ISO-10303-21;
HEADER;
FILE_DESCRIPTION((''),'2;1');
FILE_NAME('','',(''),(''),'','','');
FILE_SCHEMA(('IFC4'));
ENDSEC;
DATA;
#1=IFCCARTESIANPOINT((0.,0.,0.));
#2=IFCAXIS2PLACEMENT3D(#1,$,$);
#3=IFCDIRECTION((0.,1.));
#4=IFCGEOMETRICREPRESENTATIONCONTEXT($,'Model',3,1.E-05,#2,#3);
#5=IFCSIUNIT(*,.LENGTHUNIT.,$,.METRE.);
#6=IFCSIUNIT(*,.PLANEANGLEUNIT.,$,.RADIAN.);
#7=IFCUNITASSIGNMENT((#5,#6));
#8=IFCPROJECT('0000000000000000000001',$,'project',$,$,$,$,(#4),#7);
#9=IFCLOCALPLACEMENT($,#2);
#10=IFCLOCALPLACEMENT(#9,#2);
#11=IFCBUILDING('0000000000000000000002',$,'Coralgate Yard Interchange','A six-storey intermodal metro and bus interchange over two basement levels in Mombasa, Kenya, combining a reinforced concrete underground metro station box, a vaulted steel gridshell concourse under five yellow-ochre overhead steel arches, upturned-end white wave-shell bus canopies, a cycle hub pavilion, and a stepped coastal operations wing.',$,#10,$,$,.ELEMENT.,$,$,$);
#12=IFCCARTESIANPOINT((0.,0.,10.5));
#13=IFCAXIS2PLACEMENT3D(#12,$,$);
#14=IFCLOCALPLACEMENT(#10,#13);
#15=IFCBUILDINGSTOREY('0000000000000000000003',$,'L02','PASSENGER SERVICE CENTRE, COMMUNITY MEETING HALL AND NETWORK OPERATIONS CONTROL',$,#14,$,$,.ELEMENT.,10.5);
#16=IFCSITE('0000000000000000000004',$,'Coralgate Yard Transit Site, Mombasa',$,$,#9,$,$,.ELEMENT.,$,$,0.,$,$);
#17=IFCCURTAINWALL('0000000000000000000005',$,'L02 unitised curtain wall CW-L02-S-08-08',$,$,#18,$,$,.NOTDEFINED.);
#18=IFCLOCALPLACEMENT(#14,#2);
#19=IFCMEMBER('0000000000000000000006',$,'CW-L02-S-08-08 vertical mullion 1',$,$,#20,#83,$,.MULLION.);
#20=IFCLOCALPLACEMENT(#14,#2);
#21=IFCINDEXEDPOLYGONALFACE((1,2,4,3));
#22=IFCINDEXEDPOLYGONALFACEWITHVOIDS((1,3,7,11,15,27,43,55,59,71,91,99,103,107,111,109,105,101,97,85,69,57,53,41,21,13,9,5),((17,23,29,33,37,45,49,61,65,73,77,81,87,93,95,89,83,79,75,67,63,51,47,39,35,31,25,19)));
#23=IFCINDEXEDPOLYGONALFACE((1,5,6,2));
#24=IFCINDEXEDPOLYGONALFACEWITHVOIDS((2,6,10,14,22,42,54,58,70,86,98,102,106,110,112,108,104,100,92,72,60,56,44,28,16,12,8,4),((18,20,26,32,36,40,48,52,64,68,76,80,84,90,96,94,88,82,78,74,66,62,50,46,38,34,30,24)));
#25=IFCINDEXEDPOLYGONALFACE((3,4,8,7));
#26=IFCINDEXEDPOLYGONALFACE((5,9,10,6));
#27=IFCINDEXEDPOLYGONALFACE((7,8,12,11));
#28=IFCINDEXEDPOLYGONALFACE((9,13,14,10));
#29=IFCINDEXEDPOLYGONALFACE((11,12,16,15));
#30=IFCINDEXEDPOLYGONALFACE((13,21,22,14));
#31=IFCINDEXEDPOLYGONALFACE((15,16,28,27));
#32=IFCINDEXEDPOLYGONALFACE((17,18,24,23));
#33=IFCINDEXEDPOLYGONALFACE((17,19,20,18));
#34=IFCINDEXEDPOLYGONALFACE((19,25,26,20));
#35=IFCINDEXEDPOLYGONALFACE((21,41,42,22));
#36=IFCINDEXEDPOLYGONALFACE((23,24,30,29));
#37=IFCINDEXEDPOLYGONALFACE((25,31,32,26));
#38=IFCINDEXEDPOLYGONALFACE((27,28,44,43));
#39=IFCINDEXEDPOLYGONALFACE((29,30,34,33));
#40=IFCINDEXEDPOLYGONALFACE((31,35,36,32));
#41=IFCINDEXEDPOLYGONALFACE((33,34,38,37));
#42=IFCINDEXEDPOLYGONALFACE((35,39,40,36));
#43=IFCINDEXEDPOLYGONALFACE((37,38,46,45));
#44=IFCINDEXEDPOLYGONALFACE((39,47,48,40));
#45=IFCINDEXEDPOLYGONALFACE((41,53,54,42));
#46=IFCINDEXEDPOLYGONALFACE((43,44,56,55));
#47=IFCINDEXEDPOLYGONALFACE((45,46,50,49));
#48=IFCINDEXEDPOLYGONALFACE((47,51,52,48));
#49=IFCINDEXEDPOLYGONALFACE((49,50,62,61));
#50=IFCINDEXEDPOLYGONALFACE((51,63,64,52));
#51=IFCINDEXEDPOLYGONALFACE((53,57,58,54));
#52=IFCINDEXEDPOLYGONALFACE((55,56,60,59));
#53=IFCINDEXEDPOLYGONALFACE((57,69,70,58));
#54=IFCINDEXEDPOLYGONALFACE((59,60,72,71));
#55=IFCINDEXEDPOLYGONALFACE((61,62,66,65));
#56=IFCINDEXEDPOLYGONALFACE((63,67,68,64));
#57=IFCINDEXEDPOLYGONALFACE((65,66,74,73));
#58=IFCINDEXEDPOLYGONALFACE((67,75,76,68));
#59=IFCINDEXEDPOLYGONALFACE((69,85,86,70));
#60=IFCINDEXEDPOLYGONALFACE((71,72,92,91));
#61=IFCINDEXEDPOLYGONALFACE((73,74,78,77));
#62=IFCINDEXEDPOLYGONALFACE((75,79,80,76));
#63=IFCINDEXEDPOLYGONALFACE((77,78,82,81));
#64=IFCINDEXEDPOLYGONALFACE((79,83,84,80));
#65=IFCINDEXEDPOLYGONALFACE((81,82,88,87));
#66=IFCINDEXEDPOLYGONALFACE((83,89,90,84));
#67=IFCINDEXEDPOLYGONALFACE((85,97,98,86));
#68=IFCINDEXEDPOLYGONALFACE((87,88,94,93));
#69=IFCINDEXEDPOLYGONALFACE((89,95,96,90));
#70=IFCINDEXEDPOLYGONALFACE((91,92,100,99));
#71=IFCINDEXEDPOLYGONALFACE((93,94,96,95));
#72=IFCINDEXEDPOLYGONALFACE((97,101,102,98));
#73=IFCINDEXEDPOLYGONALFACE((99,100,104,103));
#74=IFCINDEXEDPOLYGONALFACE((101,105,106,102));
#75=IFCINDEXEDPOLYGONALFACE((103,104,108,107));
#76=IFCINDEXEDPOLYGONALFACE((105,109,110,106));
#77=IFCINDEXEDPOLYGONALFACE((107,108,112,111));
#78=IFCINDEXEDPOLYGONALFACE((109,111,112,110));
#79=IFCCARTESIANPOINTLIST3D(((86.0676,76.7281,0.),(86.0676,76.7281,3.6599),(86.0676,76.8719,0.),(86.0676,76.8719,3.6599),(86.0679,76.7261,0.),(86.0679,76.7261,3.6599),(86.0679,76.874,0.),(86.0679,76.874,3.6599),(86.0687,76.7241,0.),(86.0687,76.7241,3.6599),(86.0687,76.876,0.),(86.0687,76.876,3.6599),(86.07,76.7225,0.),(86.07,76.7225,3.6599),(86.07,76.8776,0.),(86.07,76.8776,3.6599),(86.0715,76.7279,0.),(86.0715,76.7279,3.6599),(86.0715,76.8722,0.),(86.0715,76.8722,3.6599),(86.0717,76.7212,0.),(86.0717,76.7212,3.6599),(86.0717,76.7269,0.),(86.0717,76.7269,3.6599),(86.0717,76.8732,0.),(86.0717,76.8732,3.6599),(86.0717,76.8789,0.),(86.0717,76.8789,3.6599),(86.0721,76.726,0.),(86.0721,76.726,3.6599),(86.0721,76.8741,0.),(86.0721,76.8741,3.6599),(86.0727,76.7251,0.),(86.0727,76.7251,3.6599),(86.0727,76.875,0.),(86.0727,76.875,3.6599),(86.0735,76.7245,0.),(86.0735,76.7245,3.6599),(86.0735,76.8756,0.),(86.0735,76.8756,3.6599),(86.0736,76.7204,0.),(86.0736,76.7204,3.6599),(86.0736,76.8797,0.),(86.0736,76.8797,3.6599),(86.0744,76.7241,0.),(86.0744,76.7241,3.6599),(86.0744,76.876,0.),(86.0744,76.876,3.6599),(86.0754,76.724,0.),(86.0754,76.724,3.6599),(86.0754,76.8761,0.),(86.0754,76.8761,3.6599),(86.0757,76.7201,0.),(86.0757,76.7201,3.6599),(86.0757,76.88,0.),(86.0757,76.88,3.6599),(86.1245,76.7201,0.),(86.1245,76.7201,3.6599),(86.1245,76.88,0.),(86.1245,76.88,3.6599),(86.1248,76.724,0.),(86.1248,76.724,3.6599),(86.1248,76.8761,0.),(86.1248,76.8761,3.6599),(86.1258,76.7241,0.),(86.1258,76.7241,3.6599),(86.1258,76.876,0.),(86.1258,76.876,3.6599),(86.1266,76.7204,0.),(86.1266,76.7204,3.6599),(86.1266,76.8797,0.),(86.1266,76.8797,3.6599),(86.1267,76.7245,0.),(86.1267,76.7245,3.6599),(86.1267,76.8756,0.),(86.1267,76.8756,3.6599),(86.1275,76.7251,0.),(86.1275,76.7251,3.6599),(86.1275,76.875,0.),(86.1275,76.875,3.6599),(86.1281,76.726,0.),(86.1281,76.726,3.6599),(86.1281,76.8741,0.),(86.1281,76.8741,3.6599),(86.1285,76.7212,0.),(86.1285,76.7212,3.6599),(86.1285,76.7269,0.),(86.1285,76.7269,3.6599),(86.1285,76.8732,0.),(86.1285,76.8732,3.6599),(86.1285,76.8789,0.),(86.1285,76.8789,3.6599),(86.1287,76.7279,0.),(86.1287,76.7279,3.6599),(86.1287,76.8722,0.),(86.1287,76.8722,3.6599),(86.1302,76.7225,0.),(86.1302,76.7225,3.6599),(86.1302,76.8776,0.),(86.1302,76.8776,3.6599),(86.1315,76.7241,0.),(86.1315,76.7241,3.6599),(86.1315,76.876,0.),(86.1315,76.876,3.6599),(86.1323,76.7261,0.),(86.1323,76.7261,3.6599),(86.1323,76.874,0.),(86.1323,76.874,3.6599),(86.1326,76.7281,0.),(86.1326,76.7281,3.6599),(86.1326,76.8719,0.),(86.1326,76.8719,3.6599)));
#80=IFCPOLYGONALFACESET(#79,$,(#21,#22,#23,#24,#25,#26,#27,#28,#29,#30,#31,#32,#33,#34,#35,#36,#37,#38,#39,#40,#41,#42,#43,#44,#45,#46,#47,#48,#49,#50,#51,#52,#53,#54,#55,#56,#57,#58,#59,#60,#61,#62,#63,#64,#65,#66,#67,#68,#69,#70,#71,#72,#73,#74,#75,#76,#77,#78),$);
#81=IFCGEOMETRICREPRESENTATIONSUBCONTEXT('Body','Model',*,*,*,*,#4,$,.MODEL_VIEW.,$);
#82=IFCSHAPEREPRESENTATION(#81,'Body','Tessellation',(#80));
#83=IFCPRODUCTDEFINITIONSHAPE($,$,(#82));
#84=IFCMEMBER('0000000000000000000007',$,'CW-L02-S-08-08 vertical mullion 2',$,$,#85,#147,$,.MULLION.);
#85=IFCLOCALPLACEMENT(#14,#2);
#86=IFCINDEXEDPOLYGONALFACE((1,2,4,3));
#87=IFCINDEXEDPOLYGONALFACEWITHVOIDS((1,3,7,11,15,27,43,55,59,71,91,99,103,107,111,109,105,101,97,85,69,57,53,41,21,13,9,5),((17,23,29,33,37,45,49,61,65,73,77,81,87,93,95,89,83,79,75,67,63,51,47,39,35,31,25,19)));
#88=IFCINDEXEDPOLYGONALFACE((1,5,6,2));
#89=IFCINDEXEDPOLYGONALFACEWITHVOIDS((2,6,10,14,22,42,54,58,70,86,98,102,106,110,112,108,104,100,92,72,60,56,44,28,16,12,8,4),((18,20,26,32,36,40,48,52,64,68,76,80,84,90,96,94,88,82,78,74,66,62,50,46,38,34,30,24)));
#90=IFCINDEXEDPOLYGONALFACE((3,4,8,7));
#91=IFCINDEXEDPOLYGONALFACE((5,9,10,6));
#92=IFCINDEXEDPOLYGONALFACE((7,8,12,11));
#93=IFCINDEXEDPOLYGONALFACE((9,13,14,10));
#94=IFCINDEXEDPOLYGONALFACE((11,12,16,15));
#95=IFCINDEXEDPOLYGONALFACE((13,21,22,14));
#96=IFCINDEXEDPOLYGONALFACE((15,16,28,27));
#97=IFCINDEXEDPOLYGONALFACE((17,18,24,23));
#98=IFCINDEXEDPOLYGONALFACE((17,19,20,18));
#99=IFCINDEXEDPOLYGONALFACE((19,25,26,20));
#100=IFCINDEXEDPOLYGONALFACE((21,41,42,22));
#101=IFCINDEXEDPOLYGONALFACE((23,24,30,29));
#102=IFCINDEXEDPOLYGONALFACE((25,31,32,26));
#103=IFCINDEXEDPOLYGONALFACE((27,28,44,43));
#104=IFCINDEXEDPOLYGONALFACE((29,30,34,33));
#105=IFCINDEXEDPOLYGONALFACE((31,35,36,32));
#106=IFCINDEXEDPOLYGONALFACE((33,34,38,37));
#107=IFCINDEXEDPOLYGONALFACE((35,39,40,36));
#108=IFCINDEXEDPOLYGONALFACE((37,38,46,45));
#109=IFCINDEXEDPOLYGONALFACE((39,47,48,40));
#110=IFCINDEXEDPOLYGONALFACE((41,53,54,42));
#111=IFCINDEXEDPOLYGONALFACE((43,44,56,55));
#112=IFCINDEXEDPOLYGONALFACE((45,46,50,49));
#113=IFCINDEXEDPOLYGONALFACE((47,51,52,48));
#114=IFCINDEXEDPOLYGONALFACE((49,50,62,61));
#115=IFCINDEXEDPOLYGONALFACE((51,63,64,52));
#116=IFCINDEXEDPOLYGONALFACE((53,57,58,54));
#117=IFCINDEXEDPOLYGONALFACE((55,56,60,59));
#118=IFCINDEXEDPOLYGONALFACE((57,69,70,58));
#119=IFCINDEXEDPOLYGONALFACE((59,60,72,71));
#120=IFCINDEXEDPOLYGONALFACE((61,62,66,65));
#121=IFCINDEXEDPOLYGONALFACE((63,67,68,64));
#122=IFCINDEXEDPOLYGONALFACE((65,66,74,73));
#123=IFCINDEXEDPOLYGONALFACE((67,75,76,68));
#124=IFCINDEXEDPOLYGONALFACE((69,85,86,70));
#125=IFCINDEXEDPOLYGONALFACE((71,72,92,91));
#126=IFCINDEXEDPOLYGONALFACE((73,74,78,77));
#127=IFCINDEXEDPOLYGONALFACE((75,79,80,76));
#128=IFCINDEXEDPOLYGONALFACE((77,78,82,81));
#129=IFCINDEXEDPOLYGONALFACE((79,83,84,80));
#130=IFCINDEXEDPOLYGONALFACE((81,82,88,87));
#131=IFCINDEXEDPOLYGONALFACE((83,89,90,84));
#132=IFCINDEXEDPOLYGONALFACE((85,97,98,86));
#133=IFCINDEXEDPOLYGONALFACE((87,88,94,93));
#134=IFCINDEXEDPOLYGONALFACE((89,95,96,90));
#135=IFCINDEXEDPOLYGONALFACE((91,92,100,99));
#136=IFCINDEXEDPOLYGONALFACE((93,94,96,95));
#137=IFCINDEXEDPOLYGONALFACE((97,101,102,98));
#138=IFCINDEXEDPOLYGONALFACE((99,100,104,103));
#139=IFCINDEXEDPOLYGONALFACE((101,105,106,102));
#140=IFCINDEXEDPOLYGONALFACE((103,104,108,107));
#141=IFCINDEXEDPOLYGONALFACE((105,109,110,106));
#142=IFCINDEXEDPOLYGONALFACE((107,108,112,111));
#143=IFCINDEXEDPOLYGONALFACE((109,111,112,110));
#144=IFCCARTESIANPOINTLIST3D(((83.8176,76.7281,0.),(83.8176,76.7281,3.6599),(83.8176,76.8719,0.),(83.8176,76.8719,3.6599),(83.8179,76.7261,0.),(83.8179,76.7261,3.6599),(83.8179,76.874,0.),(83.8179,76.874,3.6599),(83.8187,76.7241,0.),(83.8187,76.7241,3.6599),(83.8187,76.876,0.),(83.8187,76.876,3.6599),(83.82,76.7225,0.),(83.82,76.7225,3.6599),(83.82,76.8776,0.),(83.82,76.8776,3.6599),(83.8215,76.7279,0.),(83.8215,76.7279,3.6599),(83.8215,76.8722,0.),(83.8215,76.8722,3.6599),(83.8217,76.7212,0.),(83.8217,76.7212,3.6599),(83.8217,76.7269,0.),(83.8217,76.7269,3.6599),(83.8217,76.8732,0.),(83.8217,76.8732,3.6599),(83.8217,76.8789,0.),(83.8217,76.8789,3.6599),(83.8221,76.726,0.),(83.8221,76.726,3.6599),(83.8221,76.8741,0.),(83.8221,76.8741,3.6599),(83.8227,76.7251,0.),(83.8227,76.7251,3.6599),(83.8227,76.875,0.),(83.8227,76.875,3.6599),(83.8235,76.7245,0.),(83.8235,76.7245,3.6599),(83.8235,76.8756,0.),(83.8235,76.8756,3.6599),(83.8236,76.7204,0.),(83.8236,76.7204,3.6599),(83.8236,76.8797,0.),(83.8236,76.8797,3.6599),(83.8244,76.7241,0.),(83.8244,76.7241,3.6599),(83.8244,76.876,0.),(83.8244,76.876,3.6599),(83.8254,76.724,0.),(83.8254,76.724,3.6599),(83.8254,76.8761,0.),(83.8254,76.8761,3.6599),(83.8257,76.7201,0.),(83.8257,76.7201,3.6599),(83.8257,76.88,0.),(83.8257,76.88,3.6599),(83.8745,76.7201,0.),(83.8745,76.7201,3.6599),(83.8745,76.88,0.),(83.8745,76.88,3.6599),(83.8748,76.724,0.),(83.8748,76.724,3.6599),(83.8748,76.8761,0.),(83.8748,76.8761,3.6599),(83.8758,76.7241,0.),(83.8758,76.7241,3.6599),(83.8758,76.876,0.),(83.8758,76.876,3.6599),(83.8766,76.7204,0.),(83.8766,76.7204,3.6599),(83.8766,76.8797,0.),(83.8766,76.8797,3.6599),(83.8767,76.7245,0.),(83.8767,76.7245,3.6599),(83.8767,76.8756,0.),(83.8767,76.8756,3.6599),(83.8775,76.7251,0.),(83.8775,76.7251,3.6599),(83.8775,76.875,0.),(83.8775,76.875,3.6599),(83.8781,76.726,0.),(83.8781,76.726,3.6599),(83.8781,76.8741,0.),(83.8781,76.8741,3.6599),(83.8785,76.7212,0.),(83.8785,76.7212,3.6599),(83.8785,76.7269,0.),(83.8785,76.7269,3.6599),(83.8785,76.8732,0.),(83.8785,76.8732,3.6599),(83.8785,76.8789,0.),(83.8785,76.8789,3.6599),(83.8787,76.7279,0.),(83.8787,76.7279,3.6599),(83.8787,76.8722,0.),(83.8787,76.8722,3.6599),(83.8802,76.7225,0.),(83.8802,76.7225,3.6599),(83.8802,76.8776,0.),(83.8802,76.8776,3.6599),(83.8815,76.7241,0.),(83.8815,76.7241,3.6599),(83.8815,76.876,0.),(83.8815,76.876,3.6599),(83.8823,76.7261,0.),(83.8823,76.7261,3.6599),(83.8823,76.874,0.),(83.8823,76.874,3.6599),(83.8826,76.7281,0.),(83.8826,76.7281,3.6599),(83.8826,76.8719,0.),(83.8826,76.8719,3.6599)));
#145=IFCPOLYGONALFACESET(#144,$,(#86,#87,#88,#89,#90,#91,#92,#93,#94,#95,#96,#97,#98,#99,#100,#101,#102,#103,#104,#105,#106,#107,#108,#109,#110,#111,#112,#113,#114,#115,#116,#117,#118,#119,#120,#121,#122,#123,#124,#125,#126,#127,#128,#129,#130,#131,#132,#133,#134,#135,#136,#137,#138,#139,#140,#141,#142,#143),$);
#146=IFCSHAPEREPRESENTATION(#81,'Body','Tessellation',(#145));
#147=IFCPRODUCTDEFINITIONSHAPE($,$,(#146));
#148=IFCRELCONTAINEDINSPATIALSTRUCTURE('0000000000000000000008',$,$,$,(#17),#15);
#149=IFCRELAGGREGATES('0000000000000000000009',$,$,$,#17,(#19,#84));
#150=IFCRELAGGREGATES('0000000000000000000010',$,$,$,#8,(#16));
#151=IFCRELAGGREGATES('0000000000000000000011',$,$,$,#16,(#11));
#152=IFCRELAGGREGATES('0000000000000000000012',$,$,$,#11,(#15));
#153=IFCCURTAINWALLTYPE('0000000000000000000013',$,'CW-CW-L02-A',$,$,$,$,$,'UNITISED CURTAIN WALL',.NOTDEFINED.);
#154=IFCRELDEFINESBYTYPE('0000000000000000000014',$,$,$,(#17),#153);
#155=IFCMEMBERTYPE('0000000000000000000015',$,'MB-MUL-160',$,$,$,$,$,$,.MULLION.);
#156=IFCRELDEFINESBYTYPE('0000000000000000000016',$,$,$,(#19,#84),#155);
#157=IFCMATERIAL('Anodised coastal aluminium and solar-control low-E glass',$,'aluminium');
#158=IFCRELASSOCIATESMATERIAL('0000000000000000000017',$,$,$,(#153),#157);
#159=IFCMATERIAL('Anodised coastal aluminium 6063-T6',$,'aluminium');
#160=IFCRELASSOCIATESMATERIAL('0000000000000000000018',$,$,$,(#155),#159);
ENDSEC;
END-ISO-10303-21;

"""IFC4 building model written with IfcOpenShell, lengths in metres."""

from ifc_helpers import new_model, si_unit, direction, frame, origin, origin_2d, place, context, subcontext, project, spatial, hollow_rectangle, extrude, material, material_profile, profile_set, type_object, element, aggregate, save


model = new_model("IFC4")

# Units and contexts
model_context = context("Model", 3, precision=1e-05, world=origin(), true_north=direction((0.0, 1.0)))
body_context = subcontext(model_context, "Body", "Model", "MODEL_VIEW")
ifc_project = project(units=[si_unit("LENGTHUNIT", "METRE"), si_unit("PLANEANGLEUNIT", "RADIAN")], contexts=[model_context])

# Site, building, storey
site_placement = place(None, origin())
site = spatial("IfcSite", under=ifc_project, at=site_placement, Name="Coralgate Yard Transit Site, Mombasa", CompositionType="ELEMENT", RefElevation=0.0)
building_placement = place(site_placement, origin())
building = spatial("IfcBuilding", under=site, at=building_placement, Name="Coralgate Yard Interchange", Description="A six-storey intermodal metro and bus interchange over two basement levels in Mombasa, Kenya, combining a reinforced concrete underground metro station box, a vaulted steel gridshell concourse under five yellow-ochre overhead steel arches, upturned-end white wave-shell bus canopies, a cycle hub pavilion, and a stepped coastal operations wing.", CompositionType="ELEMENT")
storey_placement = place(building_placement, frame((0.0, 0.0, 10.5)))
storey = spatial("IfcBuildingStorey", under=building, at=storey_placement, Name="L02", Description="PASSENGER SERVICE CENTRE, COMMUNITY MEETING HALL AND NETWORK OPERATIONS CONTROL", CompositionType="ELEMENT", Elevation=10.5)

# Curtain wall, members
ifc_material_1 = material(Name="Anodised coastal aluminium and solar-control low-E glass", Category="aluminium")
curtain_wall_type = type_object("IfcCurtainWallType", Name="CW-CW-L02-A", ElementType="UNITISED CURTAIN WALL", PredefinedType="NOTDEFINED", material=ifc_material_1)
curtain_wall_1_placement = place(storey_placement, origin())
curtain_wall_1 = element("IfcCurtainWall", 1, at=curtain_wall_1_placement, inside=storey, type_object=curtain_wall_type, Name="L02 unitised curtain wall CW-L02-S-08-08", PredefinedType="NOTDEFINED")
ifc_material_2 = material(Name="Anodised coastal aluminium 6063-T6", Category="aluminium")
ifc_material_profile_1 = material_profile(ifc_material_2, hollow_rectangle(XDim=0.0649, YDim=0.1599, WallThickness=0.0039, InnerFilletRadius=0.0039, OuterFilletRadius=0.0081, at=origin_2d()), Name="ALU 65x160x4")
ifc_profile_set_1 = profile_set([ifc_material_profile_1], Name="Anodised coastal aluminium 6063-T6")
member_type_1 = type_object("IfcMemberType", Name="MB-MUL-160", PredefinedType="MULLION", material=ifc_profile_set_1)
member_1_placement = place(storey_placement, frame((86.1001, 76.8, 0.0), z_axis=(0.0, 0.0, 1.0), x_axis=(1.0, 0.0, 0.0)))
member_1 = element("IfcMember", 2, at=member_1_placement, type_object=member_type_1, Name="CW-L02-S-08-08 vertical mullion 1", PredefinedType="MULLION", context=body_context, shape_type="SweptSolid", body=[
    extrude(hollow_rectangle(XDim=0.0649, YDim=0.1599, WallThickness=0.0039, InnerFilletRadius=0.0039, OuterFilletRadius=0.0081, at=origin_2d()), origin(), (0.0, 0.0, 1.0), 3.6599),
])
member_2_placement = place(storey_placement, frame((83.8501, 76.8, 0.0), z_axis=(0.0, 0.0, 1.0), x_axis=(1.0, 0.0, 0.0)))
member_2 = element("IfcMember", 3, at=member_2_placement, type_object=member_type_1, Name="CW-L02-S-08-08 vertical mullion 2", PredefinedType="MULLION", context=body_context, shape_type="SweptSolid", body=[
    extrude(hollow_rectangle(XDim=0.0649, YDim=0.1599, WallThickness=0.0039, InnerFilletRadius=0.0039, OuterFilletRadius=0.0081, at=origin_2d()), origin(), (0.0, 0.0, 1.0), 3.6599),
])

aggregate(curtain_wall_1, [member_1, member_2])

save(model, "model.ifc")
